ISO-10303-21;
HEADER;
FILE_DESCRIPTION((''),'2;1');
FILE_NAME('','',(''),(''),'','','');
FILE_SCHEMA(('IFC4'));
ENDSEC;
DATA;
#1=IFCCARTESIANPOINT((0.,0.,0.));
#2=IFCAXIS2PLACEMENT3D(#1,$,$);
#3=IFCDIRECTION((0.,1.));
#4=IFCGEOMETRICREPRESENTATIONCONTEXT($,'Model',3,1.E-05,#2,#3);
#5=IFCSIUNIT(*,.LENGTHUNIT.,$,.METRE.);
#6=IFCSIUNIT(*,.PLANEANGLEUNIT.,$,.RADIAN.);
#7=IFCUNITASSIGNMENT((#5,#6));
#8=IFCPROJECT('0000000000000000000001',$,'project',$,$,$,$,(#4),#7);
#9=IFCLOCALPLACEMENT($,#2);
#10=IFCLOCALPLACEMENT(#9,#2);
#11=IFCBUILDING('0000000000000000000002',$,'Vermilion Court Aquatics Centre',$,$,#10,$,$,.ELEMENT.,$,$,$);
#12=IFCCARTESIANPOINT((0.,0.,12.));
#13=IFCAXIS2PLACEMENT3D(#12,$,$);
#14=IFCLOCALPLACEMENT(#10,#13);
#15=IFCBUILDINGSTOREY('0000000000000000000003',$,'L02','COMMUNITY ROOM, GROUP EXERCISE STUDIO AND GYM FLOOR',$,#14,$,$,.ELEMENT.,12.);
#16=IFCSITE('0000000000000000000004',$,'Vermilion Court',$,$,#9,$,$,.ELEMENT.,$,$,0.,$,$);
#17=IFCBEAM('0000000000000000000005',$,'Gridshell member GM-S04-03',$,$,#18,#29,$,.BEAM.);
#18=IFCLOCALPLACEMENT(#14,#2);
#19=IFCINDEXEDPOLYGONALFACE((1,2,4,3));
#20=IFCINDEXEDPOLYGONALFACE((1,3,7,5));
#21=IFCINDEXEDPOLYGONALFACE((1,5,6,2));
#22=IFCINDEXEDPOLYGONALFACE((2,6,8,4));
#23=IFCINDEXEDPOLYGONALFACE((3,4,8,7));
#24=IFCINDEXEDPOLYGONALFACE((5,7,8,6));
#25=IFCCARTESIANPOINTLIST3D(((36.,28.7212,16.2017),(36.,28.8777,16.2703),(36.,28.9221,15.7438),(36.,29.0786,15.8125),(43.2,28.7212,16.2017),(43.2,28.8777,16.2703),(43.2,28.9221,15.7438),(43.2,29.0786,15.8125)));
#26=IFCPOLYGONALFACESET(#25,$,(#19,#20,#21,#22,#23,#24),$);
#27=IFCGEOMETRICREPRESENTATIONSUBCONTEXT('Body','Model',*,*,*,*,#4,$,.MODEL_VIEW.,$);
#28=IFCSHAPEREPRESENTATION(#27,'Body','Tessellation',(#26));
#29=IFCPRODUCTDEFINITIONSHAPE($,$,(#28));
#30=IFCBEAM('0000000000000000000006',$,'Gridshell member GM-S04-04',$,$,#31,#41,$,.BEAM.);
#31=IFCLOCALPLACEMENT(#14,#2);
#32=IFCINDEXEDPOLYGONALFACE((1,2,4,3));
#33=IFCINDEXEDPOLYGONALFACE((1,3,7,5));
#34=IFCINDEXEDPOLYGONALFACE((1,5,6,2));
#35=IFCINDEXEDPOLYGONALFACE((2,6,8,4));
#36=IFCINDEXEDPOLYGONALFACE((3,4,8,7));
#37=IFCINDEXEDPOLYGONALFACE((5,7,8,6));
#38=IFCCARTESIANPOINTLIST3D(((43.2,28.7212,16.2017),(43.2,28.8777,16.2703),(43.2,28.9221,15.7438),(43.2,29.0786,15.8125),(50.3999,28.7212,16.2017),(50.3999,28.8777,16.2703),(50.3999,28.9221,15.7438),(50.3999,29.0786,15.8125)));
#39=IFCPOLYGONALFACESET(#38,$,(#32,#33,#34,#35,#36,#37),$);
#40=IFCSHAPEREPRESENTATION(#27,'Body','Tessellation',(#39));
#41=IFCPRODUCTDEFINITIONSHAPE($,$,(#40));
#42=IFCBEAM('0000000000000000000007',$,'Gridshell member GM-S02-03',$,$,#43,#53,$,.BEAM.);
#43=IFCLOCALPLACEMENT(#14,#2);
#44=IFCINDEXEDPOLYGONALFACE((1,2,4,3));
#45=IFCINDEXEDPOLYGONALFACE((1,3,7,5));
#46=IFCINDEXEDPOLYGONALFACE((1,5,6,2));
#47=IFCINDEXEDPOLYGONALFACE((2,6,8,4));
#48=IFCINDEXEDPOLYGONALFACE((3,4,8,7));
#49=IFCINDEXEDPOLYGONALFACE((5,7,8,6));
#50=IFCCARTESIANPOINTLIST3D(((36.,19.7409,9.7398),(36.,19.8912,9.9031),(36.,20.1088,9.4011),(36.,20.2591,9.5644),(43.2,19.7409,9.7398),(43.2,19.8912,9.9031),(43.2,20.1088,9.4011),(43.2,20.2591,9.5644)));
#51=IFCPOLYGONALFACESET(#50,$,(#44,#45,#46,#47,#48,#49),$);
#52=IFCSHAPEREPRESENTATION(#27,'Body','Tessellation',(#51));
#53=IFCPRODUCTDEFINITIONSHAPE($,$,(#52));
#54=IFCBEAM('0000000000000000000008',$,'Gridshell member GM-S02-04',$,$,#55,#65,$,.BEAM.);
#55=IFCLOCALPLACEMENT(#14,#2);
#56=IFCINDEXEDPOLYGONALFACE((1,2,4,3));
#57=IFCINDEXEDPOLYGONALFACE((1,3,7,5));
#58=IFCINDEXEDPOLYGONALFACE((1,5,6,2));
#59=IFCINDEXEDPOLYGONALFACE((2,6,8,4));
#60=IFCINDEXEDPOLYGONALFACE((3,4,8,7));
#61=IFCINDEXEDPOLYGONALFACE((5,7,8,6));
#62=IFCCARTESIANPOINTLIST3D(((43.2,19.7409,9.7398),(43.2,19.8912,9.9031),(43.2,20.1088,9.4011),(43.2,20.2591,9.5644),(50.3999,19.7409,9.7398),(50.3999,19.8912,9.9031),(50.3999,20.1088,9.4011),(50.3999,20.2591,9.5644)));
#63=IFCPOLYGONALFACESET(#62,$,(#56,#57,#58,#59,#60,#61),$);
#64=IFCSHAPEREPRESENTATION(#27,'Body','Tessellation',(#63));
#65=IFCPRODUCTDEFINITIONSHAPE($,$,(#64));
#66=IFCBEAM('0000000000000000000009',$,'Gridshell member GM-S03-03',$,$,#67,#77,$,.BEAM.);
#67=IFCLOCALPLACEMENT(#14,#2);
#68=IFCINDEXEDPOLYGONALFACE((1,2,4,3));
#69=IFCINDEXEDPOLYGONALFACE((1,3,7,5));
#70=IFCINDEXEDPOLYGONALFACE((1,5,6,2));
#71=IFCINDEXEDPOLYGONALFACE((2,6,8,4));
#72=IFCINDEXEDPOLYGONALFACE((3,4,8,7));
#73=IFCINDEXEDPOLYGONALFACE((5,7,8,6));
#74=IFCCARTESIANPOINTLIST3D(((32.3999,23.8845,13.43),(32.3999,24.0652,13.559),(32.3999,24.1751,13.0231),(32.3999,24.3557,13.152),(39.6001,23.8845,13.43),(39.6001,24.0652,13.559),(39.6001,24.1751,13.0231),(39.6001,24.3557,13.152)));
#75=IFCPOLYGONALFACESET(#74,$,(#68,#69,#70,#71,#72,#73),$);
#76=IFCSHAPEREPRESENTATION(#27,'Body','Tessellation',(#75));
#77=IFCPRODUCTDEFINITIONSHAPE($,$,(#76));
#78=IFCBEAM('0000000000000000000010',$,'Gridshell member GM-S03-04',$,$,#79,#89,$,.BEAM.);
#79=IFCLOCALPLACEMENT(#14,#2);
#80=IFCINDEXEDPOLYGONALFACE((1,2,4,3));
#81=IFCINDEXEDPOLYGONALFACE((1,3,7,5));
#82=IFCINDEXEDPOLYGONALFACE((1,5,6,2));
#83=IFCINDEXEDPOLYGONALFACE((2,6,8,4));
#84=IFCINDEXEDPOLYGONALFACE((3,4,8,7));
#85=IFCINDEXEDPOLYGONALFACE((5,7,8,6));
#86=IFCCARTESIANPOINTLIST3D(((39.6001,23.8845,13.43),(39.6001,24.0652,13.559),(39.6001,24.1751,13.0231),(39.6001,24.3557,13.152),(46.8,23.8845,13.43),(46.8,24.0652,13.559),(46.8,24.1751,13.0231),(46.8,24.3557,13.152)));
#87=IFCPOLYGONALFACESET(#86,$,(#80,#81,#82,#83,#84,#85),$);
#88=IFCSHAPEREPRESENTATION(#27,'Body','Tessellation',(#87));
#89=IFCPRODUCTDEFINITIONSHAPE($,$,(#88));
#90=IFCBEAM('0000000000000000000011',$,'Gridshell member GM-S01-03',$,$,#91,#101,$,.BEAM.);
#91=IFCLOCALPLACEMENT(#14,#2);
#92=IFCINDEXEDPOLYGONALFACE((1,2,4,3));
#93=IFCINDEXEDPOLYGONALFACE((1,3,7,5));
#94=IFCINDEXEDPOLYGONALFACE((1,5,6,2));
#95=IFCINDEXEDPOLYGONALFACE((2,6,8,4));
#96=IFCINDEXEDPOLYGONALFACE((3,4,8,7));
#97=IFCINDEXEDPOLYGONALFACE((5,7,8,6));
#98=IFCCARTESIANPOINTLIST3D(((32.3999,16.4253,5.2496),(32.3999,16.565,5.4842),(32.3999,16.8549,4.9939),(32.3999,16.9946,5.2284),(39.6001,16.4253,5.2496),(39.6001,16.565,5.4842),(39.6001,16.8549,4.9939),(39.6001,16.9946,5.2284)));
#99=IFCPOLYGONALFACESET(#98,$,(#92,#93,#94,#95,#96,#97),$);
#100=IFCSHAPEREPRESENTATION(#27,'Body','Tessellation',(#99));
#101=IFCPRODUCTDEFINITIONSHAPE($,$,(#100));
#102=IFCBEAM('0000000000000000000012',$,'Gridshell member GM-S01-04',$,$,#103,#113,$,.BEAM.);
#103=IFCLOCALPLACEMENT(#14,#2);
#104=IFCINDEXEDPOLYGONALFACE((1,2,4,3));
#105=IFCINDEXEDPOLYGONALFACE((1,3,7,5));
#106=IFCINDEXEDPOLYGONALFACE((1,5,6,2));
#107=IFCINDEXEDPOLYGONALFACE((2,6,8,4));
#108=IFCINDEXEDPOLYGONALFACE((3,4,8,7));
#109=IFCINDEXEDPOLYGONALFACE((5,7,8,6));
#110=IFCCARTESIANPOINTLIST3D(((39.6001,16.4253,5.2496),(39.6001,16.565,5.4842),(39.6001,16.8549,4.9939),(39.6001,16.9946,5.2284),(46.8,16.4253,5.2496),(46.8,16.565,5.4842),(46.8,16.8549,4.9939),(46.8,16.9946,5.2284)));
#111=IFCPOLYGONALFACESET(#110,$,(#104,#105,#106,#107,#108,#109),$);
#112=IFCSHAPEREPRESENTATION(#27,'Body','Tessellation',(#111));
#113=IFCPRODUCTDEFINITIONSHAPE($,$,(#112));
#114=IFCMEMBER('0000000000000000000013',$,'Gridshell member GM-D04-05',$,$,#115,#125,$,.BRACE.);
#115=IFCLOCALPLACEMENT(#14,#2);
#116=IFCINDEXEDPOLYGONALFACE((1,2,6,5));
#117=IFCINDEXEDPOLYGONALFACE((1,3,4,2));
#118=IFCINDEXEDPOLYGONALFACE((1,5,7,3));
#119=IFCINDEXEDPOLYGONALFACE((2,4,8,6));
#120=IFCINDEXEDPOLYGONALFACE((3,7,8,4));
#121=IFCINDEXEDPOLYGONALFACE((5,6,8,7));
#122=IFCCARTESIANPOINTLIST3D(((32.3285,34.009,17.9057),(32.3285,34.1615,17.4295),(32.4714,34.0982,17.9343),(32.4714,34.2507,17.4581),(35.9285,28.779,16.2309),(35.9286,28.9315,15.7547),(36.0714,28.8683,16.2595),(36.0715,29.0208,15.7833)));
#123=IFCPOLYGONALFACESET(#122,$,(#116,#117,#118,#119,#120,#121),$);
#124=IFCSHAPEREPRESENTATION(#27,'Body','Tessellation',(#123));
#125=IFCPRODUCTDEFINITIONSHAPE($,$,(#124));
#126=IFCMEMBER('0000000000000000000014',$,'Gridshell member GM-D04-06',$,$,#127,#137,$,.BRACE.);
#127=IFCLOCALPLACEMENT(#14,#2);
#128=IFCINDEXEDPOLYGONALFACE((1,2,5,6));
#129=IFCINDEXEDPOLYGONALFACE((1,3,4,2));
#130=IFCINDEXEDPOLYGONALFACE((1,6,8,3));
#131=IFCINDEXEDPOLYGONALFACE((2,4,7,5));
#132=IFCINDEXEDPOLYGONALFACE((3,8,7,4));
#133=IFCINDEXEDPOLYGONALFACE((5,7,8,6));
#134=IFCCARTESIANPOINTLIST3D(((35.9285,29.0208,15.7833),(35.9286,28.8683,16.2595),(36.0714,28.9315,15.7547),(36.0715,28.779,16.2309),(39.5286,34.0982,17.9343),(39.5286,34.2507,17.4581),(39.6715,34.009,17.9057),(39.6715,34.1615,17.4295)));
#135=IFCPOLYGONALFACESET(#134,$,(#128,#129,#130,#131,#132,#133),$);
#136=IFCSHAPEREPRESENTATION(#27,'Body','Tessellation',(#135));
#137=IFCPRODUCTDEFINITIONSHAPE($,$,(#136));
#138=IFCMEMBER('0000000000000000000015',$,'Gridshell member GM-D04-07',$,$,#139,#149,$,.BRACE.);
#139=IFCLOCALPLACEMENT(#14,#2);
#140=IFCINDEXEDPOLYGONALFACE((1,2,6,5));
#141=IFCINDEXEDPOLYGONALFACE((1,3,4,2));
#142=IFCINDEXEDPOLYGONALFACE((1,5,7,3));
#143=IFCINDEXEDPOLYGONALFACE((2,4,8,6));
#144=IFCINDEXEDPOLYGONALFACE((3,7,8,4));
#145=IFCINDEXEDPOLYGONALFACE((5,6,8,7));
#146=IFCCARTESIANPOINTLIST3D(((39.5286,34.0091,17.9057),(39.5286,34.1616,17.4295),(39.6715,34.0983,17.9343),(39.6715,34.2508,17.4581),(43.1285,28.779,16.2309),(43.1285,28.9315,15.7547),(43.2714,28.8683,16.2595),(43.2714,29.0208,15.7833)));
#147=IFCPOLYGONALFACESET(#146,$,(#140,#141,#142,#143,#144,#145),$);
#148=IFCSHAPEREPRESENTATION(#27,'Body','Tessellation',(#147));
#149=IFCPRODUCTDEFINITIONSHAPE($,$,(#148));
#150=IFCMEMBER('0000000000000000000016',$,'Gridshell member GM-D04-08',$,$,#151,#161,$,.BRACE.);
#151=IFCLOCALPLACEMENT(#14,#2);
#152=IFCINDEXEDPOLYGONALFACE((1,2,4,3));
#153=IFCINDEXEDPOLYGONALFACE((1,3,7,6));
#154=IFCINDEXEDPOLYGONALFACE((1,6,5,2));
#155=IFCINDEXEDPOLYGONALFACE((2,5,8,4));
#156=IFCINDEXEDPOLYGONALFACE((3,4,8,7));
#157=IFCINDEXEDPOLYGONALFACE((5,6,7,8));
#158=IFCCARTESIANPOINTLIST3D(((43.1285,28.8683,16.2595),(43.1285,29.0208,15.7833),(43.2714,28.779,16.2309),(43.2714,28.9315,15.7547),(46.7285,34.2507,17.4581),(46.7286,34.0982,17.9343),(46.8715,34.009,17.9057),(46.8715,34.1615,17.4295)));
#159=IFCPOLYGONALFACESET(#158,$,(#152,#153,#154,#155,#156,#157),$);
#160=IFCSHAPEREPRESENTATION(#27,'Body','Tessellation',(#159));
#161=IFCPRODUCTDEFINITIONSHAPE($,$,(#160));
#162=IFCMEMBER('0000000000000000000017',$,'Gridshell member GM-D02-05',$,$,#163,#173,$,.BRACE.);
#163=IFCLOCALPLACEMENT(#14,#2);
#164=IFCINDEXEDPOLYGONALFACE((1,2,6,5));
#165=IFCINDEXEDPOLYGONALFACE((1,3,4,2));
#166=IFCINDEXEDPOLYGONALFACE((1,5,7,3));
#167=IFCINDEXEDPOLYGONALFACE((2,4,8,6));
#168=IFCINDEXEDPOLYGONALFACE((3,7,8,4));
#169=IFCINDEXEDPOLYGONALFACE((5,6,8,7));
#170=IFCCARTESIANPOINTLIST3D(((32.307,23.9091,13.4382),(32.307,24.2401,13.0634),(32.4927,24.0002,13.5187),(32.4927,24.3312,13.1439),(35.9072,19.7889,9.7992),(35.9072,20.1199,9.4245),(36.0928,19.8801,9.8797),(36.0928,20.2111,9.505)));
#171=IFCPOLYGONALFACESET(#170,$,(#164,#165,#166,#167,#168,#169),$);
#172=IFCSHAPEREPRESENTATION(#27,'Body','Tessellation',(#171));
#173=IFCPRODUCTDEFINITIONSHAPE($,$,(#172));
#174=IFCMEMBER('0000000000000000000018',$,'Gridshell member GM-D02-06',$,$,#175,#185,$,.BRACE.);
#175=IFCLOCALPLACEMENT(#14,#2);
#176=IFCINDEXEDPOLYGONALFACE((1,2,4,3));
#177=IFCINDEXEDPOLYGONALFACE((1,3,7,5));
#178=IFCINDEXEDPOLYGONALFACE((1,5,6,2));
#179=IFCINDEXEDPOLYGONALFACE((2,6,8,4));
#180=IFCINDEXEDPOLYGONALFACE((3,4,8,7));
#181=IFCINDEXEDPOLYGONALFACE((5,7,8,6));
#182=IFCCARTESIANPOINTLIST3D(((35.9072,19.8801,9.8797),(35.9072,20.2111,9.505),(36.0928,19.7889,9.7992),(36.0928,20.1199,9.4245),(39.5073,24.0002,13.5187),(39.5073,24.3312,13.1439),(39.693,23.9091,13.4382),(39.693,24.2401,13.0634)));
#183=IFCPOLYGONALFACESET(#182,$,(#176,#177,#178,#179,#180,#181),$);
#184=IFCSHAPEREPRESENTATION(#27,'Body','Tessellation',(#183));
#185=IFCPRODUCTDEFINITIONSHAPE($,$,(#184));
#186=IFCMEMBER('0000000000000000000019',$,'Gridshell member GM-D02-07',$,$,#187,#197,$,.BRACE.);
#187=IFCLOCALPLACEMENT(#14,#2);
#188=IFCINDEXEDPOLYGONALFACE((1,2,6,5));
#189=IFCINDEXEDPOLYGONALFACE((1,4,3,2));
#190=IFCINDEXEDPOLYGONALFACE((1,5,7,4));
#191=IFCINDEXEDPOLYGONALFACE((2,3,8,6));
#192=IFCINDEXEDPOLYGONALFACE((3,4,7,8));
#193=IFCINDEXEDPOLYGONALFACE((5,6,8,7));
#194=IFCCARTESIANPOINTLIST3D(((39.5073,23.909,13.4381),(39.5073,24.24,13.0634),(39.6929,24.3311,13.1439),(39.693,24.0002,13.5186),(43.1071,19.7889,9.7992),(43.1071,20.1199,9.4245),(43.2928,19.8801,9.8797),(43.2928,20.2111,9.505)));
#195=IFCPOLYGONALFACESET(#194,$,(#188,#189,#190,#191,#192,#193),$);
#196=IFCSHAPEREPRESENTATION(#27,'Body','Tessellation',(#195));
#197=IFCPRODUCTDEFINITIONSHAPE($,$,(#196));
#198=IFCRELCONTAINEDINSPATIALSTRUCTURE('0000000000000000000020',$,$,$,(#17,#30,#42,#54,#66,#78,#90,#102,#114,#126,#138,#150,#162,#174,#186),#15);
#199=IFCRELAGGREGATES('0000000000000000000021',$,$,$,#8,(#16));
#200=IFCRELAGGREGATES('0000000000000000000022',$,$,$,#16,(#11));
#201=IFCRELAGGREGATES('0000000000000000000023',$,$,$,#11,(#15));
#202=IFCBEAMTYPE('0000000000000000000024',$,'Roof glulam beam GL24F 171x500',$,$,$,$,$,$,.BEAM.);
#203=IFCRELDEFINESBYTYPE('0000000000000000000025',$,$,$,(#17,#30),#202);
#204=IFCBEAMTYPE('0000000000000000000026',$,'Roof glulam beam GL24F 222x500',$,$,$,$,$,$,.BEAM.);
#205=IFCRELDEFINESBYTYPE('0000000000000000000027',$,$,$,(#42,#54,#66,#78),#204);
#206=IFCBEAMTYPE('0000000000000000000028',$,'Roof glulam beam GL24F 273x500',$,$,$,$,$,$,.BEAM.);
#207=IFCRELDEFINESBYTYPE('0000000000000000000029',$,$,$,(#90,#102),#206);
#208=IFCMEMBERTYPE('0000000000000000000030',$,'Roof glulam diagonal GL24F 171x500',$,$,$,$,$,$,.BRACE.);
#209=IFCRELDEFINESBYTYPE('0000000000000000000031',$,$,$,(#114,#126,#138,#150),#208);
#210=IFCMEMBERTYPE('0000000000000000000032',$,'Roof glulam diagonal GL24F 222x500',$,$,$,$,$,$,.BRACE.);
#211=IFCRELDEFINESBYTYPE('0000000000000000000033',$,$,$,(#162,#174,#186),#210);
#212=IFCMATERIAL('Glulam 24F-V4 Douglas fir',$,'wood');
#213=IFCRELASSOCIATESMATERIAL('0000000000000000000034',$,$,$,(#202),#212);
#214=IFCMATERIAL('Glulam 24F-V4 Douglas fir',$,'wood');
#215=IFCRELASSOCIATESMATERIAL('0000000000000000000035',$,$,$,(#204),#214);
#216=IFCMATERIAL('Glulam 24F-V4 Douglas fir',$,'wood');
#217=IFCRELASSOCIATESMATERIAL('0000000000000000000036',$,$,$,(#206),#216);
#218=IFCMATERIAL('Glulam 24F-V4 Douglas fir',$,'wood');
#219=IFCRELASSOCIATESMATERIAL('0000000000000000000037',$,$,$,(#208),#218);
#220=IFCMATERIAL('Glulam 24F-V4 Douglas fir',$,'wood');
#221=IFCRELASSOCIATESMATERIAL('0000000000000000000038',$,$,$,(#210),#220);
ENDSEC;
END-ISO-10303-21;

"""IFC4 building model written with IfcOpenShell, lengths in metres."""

from ifc_helpers import new_model, si_unit, direction, frame, origin, origin_2d, place, context, subcontext, project, spatial, rectangle, extrude, material, material_profile, profile_set, type_object, element, save


model = new_model("IFC4")

# Units and contexts
model_context = context("Model", 3, precision=1e-05, world=origin(), true_north=direction((0.0, 1.0)))
body_context = subcontext(model_context, "Body", "Model", "MODEL_VIEW")
ifc_project = project(units=[si_unit("LENGTHUNIT", "METRE"), si_unit("PLANEANGLEUNIT", "RADIAN")], contexts=[model_context])

# Site, building, storey
site_placement = place(None, origin())
site = spatial("IfcSite", under=ifc_project, at=site_placement, Name="Vermilion Court", CompositionType="ELEMENT", RefElevation=0.0)
building_placement = place(site_placement, origin())
building = spatial("IfcBuilding", under=site, at=building_placement, Name="Vermilion Court Aquatics Centre", CompositionType="ELEMENT")
storey_placement = place(building_placement, frame((0.0, 0.0, 12.0)))
storey = spatial("IfcBuildingStorey", under=building, at=storey_placement, Name="L02", Description="COMMUNITY ROOM, GROUP EXERCISE STUDIO AND GYM FLOOR", CompositionType="ELEMENT", Elevation=12.0)

# Beams
ifc_material_1 = material(Name="Glulam 24F-V4 Douglas fir", Category="wood")
ifc_material_profile_1 = material_profile(ifc_material_1, rectangle(XDim=0.1709, YDim=0.5, at=origin_2d()), Name="GL24F 171x500")
ifc_profile_set_1 = profile_set([ifc_material_profile_1], Name="Glulam 24F-V4 Douglas fir")
beam_type_1 = type_object("IfcBeamType", Name="Roof glulam beam GL24F 171x500", PredefinedType="BEAM", material=ifc_profile_set_1)
for number, where, z_axis, x_axis, name in (
    (1, (36.0, 28.8999, 16.0071), (1.0, 0.0, 0.0), (0.0, 0.915794, 0.401648), "Gridshell member GM-S04-03"),
    (2, (43.2, 28.8999, 16.0071), (1.0, 0.0, 0.0), (0.0, 0.915794, 0.401648), "Gridshell member GM-S04-04"),
):
    element("IfcBeam", number, at=place(storey_placement, frame(where, z_axis=z_axis, x_axis=x_axis)), inside=storey, type_object=beam_type_1, Name=name, PredefinedType="BEAM", context=body_context, shape_type="SweptSolid", body=[
        extrude(rectangle(XDim=0.1709, YDim=0.5, at=origin_2d()), origin(), (0.0, 0.0, 1.0), 7.2),
    ])
ifc_material_2 = material(Name="Glulam 24F-V4 Douglas fir", Category="wood")
ifc_material_profile_2 = material_profile(ifc_material_2, rectangle(XDim=0.2219, YDim=0.5, at=origin_2d()), Name="GL24F 222x500")
ifc_profile_set_2 = profile_set([ifc_material_profile_2], Name="Glulam 24F-V4 Douglas fir")
beam_type_2 = type_object("IfcBeamType", Name="Roof glulam beam GL24F 222x500", PredefinedType="BEAM", material=ifc_profile_set_2)
for number, where, z_axis, x_axis, name in (
    (3, (36.0, 20.0, 9.6521), (1.0, 0.0, 0.0), (0.0, 0.67726, 0.735744), "Gridshell member GM-S02-03"),
    (4, (43.2, 20.0, 9.6521), (1.0, 0.0, 0.0), (0.0, 0.67726, 0.735744), "Gridshell member GM-S02-04"),
):
    element("IfcBeam", number, at=place(storey_placement, frame(where, z_axis=z_axis, x_axis=x_axis)), inside=storey, type_object=beam_type_2, Name=name, PredefinedType="BEAM", context=body_context, shape_type="SweptSolid", body=[
        extrude(rectangle(XDim=0.2219, YDim=0.5, at=origin_2d()), origin(), (0.0, 0.0, 1.0), 7.2),
    ])
beam_1_placement = place(storey_placement, frame((32.3999, 24.1201, 13.291), z_axis=(1.0, 0.0, 0.0), x_axis=(0.0, 0.813848, 0.581078)))
element("IfcBeam", 5, at=beam_1_placement, inside=storey, type_object=beam_type_2, Name="Gridshell member GM-S03-03", PredefinedType="BEAM", context=body_context, shape_type="SweptSolid", body=[
    extrude(rectangle(XDim=0.2219, YDim=0.5, at=origin_2d()), origin(), (0.0, 0.0, 1.0), 7.2002),
])
beam_2_placement = place(storey_placement, frame((39.6001, 24.1201, 13.291), z_axis=(1.0, 0.0, 0.0), x_axis=(0.0, 0.813848, 0.581078)))
element("IfcBeam", 6, at=beam_2_placement, inside=storey, type_object=beam_type_2, Name="Gridshell member GM-S03-04", PredefinedType="BEAM", context=body_context, shape_type="SweptSolid", body=[
    extrude(rectangle(XDim=0.2219, YDim=0.5, at=origin_2d()), origin(), (0.0, 0.0, 1.0), 7.2),
])
ifc_material_3 = material(Name="Glulam 24F-V4 Douglas fir", Category="wood")
ifc_material_profile_3 = material_profile(ifc_material_3, rectangle(XDim=0.2729, YDim=0.5, at=origin_2d()), Name="GL24F 273x500")
ifc_profile_set_3 = profile_set([ifc_material_profile_3], Name="Glulam 24F-V4 Douglas fir")
beam_type_3 = type_object("IfcBeamType", Name="Roof glulam beam GL24F 273x500", PredefinedType="BEAM", material=ifc_profile_set_3)
beam_3_placement = place(storey_placement, frame((32.3999, 16.71, 5.239), z_axis=(1.0, 0.0, 0.0), x_axis=(0.0, 0.511595, 0.859227)))
element("IfcBeam", 7, at=beam_3_placement, inside=storey, type_object=beam_type_3, Name="Gridshell member GM-S01-03", PredefinedType="BEAM", context=body_context, shape_type="SweptSolid", body=[
    extrude(rectangle(XDim=0.2729, YDim=0.5, at=origin_2d()), origin(), (0.0, 0.0, 1.0), 7.2002),
])
beam_4_placement = place(storey_placement, frame((39.6001, 16.71, 5.239), z_axis=(1.0, 0.0, 0.0), x_axis=(0.0, 0.511595, 0.859227)))
element("IfcBeam", 8, at=beam_4_placement, inside=storey, type_object=beam_type_3, Name="Gridshell member GM-S01-04", PredefinedType="BEAM", context=body_context, shape_type="SweptSolid", body=[
    extrude(rectangle(XDim=0.2729, YDim=0.5, at=origin_2d()), origin(), (0.0, 0.0, 1.0), 7.2),
])

# Members
ifc_material_4 = material(Name="Glulam 24F-V4 Douglas fir", Category="wood")
ifc_material_profile_4 = material_profile(ifc_material_4, rectangle(XDim=0.1709, YDim=0.5, at=origin_2d()), Name="GL24F 171x500")
ifc_profile_set_4 = profile_set([ifc_material_profile_4], Name="Glulam 24F-V4 Douglas fir")
member_type_1 = type_object("IfcMemberType", Name="Roof glulam diagonal GL24F 171x500", PredefinedType="BRACE", material=ifc_profile_set_4)
for number, where, z_axis, x_axis, name in (
    (9, (36.0, 28.8999, 16.0071), (-0.548256, 0.796469, 0.255055), (-0.836311, -0.522113, -0.167278), "Gridshell member GM-D04-05"),
    (10, (36.0, 28.8999, 16.0071), (0.548256, 0.796469, 0.255055), (-0.836311, 0.522113, 0.167278), "Gridshell member GM-D04-06"),
    (11, (43.2, 28.8999, 16.0071), (-0.54823, 0.796485, 0.25506), (-0.836328, -0.522086, -0.167278), "Gridshell member GM-D04-07"),
    (12, (43.2, 28.8999, 16.0071), (0.548256, 0.796469, 0.255055), (-0.836311, 0.522113, 0.167278), "Gridshell member GM-D04-08"),
):
    element("IfcMember", number, at=place(storey_placement, frame(where, z_axis=z_axis, x_axis=x_axis)), inside=storey, type_object=member_type_1, Name=name, PredefinedType="BRACE", context=body_context, shape_type="SweptSolid", body=[
        extrude(rectangle(XDim=0.1709, YDim=0.5, at=origin_2d()), origin(), (0.0, 0.0, 1.0), 6.5664),
    ])
ifc_material_5 = material(Name="Glulam 24F-V4 Douglas fir", Category="wood")
ifc_material_profile_5 = material_profile(ifc_material_5, rectangle(XDim=0.2219, YDim=0.5, at=origin_2d()), Name="GL24F 222x500")
ifc_profile_set_5 = profile_set([ifc_material_profile_5], Name="Glulam 24F-V4 Douglas fir")
member_type_2 = type_object("IfcMemberType", Name="Roof glulam diagonal GL24F 222x500", PredefinedType="BRACE", material=ifc_profile_set_5)
for number, where, z_axis, x_axis, name in (
    (13, (36.0, 20.0, 9.6521), (-0.547878, 0.627017, 0.553786), (-0.836558, -0.410664, -0.362664), "Gridshell member GM-D02-05"),
    (14, (36.0, 20.0, 9.6521), (0.547878, 0.627017, 0.553786), (-0.836558, 0.410664, 0.362664), "Gridshell member GM-D02-06"),
):
    element("IfcMember", number, at=place(storey_placement, frame(where, z_axis=z_axis, x_axis=x_axis)), inside=storey, type_object=member_type_2, Name=name, PredefinedType="BRACE", context=body_context, shape_type="SweptSolid", body=[
        extrude(rectangle(XDim=0.2219, YDim=0.5, at=origin_2d()), origin(), (0.0, 0.0, 1.0), 6.571),
    ])
member_1_placement = place(storey_placement, frame((43.2, 20.0, 9.6521), z_axis=(-0.547852, 0.62703, 0.553797), x_axis=(-0.836575, -0.410632, -0.362661)))
element("IfcMember", 15, at=member_1_placement, inside=storey, type_object=member_type_2, Name="Gridshell member GM-D02-07", PredefinedType="BRACE", context=body_context, shape_type="SweptSolid", body=[
    extrude(rectangle(XDim=0.2219, YDim=0.5, at=origin_2d()), origin(), (0.0, 0.0, 1.0), 6.5708),
])

save(model, "model.ifc")
